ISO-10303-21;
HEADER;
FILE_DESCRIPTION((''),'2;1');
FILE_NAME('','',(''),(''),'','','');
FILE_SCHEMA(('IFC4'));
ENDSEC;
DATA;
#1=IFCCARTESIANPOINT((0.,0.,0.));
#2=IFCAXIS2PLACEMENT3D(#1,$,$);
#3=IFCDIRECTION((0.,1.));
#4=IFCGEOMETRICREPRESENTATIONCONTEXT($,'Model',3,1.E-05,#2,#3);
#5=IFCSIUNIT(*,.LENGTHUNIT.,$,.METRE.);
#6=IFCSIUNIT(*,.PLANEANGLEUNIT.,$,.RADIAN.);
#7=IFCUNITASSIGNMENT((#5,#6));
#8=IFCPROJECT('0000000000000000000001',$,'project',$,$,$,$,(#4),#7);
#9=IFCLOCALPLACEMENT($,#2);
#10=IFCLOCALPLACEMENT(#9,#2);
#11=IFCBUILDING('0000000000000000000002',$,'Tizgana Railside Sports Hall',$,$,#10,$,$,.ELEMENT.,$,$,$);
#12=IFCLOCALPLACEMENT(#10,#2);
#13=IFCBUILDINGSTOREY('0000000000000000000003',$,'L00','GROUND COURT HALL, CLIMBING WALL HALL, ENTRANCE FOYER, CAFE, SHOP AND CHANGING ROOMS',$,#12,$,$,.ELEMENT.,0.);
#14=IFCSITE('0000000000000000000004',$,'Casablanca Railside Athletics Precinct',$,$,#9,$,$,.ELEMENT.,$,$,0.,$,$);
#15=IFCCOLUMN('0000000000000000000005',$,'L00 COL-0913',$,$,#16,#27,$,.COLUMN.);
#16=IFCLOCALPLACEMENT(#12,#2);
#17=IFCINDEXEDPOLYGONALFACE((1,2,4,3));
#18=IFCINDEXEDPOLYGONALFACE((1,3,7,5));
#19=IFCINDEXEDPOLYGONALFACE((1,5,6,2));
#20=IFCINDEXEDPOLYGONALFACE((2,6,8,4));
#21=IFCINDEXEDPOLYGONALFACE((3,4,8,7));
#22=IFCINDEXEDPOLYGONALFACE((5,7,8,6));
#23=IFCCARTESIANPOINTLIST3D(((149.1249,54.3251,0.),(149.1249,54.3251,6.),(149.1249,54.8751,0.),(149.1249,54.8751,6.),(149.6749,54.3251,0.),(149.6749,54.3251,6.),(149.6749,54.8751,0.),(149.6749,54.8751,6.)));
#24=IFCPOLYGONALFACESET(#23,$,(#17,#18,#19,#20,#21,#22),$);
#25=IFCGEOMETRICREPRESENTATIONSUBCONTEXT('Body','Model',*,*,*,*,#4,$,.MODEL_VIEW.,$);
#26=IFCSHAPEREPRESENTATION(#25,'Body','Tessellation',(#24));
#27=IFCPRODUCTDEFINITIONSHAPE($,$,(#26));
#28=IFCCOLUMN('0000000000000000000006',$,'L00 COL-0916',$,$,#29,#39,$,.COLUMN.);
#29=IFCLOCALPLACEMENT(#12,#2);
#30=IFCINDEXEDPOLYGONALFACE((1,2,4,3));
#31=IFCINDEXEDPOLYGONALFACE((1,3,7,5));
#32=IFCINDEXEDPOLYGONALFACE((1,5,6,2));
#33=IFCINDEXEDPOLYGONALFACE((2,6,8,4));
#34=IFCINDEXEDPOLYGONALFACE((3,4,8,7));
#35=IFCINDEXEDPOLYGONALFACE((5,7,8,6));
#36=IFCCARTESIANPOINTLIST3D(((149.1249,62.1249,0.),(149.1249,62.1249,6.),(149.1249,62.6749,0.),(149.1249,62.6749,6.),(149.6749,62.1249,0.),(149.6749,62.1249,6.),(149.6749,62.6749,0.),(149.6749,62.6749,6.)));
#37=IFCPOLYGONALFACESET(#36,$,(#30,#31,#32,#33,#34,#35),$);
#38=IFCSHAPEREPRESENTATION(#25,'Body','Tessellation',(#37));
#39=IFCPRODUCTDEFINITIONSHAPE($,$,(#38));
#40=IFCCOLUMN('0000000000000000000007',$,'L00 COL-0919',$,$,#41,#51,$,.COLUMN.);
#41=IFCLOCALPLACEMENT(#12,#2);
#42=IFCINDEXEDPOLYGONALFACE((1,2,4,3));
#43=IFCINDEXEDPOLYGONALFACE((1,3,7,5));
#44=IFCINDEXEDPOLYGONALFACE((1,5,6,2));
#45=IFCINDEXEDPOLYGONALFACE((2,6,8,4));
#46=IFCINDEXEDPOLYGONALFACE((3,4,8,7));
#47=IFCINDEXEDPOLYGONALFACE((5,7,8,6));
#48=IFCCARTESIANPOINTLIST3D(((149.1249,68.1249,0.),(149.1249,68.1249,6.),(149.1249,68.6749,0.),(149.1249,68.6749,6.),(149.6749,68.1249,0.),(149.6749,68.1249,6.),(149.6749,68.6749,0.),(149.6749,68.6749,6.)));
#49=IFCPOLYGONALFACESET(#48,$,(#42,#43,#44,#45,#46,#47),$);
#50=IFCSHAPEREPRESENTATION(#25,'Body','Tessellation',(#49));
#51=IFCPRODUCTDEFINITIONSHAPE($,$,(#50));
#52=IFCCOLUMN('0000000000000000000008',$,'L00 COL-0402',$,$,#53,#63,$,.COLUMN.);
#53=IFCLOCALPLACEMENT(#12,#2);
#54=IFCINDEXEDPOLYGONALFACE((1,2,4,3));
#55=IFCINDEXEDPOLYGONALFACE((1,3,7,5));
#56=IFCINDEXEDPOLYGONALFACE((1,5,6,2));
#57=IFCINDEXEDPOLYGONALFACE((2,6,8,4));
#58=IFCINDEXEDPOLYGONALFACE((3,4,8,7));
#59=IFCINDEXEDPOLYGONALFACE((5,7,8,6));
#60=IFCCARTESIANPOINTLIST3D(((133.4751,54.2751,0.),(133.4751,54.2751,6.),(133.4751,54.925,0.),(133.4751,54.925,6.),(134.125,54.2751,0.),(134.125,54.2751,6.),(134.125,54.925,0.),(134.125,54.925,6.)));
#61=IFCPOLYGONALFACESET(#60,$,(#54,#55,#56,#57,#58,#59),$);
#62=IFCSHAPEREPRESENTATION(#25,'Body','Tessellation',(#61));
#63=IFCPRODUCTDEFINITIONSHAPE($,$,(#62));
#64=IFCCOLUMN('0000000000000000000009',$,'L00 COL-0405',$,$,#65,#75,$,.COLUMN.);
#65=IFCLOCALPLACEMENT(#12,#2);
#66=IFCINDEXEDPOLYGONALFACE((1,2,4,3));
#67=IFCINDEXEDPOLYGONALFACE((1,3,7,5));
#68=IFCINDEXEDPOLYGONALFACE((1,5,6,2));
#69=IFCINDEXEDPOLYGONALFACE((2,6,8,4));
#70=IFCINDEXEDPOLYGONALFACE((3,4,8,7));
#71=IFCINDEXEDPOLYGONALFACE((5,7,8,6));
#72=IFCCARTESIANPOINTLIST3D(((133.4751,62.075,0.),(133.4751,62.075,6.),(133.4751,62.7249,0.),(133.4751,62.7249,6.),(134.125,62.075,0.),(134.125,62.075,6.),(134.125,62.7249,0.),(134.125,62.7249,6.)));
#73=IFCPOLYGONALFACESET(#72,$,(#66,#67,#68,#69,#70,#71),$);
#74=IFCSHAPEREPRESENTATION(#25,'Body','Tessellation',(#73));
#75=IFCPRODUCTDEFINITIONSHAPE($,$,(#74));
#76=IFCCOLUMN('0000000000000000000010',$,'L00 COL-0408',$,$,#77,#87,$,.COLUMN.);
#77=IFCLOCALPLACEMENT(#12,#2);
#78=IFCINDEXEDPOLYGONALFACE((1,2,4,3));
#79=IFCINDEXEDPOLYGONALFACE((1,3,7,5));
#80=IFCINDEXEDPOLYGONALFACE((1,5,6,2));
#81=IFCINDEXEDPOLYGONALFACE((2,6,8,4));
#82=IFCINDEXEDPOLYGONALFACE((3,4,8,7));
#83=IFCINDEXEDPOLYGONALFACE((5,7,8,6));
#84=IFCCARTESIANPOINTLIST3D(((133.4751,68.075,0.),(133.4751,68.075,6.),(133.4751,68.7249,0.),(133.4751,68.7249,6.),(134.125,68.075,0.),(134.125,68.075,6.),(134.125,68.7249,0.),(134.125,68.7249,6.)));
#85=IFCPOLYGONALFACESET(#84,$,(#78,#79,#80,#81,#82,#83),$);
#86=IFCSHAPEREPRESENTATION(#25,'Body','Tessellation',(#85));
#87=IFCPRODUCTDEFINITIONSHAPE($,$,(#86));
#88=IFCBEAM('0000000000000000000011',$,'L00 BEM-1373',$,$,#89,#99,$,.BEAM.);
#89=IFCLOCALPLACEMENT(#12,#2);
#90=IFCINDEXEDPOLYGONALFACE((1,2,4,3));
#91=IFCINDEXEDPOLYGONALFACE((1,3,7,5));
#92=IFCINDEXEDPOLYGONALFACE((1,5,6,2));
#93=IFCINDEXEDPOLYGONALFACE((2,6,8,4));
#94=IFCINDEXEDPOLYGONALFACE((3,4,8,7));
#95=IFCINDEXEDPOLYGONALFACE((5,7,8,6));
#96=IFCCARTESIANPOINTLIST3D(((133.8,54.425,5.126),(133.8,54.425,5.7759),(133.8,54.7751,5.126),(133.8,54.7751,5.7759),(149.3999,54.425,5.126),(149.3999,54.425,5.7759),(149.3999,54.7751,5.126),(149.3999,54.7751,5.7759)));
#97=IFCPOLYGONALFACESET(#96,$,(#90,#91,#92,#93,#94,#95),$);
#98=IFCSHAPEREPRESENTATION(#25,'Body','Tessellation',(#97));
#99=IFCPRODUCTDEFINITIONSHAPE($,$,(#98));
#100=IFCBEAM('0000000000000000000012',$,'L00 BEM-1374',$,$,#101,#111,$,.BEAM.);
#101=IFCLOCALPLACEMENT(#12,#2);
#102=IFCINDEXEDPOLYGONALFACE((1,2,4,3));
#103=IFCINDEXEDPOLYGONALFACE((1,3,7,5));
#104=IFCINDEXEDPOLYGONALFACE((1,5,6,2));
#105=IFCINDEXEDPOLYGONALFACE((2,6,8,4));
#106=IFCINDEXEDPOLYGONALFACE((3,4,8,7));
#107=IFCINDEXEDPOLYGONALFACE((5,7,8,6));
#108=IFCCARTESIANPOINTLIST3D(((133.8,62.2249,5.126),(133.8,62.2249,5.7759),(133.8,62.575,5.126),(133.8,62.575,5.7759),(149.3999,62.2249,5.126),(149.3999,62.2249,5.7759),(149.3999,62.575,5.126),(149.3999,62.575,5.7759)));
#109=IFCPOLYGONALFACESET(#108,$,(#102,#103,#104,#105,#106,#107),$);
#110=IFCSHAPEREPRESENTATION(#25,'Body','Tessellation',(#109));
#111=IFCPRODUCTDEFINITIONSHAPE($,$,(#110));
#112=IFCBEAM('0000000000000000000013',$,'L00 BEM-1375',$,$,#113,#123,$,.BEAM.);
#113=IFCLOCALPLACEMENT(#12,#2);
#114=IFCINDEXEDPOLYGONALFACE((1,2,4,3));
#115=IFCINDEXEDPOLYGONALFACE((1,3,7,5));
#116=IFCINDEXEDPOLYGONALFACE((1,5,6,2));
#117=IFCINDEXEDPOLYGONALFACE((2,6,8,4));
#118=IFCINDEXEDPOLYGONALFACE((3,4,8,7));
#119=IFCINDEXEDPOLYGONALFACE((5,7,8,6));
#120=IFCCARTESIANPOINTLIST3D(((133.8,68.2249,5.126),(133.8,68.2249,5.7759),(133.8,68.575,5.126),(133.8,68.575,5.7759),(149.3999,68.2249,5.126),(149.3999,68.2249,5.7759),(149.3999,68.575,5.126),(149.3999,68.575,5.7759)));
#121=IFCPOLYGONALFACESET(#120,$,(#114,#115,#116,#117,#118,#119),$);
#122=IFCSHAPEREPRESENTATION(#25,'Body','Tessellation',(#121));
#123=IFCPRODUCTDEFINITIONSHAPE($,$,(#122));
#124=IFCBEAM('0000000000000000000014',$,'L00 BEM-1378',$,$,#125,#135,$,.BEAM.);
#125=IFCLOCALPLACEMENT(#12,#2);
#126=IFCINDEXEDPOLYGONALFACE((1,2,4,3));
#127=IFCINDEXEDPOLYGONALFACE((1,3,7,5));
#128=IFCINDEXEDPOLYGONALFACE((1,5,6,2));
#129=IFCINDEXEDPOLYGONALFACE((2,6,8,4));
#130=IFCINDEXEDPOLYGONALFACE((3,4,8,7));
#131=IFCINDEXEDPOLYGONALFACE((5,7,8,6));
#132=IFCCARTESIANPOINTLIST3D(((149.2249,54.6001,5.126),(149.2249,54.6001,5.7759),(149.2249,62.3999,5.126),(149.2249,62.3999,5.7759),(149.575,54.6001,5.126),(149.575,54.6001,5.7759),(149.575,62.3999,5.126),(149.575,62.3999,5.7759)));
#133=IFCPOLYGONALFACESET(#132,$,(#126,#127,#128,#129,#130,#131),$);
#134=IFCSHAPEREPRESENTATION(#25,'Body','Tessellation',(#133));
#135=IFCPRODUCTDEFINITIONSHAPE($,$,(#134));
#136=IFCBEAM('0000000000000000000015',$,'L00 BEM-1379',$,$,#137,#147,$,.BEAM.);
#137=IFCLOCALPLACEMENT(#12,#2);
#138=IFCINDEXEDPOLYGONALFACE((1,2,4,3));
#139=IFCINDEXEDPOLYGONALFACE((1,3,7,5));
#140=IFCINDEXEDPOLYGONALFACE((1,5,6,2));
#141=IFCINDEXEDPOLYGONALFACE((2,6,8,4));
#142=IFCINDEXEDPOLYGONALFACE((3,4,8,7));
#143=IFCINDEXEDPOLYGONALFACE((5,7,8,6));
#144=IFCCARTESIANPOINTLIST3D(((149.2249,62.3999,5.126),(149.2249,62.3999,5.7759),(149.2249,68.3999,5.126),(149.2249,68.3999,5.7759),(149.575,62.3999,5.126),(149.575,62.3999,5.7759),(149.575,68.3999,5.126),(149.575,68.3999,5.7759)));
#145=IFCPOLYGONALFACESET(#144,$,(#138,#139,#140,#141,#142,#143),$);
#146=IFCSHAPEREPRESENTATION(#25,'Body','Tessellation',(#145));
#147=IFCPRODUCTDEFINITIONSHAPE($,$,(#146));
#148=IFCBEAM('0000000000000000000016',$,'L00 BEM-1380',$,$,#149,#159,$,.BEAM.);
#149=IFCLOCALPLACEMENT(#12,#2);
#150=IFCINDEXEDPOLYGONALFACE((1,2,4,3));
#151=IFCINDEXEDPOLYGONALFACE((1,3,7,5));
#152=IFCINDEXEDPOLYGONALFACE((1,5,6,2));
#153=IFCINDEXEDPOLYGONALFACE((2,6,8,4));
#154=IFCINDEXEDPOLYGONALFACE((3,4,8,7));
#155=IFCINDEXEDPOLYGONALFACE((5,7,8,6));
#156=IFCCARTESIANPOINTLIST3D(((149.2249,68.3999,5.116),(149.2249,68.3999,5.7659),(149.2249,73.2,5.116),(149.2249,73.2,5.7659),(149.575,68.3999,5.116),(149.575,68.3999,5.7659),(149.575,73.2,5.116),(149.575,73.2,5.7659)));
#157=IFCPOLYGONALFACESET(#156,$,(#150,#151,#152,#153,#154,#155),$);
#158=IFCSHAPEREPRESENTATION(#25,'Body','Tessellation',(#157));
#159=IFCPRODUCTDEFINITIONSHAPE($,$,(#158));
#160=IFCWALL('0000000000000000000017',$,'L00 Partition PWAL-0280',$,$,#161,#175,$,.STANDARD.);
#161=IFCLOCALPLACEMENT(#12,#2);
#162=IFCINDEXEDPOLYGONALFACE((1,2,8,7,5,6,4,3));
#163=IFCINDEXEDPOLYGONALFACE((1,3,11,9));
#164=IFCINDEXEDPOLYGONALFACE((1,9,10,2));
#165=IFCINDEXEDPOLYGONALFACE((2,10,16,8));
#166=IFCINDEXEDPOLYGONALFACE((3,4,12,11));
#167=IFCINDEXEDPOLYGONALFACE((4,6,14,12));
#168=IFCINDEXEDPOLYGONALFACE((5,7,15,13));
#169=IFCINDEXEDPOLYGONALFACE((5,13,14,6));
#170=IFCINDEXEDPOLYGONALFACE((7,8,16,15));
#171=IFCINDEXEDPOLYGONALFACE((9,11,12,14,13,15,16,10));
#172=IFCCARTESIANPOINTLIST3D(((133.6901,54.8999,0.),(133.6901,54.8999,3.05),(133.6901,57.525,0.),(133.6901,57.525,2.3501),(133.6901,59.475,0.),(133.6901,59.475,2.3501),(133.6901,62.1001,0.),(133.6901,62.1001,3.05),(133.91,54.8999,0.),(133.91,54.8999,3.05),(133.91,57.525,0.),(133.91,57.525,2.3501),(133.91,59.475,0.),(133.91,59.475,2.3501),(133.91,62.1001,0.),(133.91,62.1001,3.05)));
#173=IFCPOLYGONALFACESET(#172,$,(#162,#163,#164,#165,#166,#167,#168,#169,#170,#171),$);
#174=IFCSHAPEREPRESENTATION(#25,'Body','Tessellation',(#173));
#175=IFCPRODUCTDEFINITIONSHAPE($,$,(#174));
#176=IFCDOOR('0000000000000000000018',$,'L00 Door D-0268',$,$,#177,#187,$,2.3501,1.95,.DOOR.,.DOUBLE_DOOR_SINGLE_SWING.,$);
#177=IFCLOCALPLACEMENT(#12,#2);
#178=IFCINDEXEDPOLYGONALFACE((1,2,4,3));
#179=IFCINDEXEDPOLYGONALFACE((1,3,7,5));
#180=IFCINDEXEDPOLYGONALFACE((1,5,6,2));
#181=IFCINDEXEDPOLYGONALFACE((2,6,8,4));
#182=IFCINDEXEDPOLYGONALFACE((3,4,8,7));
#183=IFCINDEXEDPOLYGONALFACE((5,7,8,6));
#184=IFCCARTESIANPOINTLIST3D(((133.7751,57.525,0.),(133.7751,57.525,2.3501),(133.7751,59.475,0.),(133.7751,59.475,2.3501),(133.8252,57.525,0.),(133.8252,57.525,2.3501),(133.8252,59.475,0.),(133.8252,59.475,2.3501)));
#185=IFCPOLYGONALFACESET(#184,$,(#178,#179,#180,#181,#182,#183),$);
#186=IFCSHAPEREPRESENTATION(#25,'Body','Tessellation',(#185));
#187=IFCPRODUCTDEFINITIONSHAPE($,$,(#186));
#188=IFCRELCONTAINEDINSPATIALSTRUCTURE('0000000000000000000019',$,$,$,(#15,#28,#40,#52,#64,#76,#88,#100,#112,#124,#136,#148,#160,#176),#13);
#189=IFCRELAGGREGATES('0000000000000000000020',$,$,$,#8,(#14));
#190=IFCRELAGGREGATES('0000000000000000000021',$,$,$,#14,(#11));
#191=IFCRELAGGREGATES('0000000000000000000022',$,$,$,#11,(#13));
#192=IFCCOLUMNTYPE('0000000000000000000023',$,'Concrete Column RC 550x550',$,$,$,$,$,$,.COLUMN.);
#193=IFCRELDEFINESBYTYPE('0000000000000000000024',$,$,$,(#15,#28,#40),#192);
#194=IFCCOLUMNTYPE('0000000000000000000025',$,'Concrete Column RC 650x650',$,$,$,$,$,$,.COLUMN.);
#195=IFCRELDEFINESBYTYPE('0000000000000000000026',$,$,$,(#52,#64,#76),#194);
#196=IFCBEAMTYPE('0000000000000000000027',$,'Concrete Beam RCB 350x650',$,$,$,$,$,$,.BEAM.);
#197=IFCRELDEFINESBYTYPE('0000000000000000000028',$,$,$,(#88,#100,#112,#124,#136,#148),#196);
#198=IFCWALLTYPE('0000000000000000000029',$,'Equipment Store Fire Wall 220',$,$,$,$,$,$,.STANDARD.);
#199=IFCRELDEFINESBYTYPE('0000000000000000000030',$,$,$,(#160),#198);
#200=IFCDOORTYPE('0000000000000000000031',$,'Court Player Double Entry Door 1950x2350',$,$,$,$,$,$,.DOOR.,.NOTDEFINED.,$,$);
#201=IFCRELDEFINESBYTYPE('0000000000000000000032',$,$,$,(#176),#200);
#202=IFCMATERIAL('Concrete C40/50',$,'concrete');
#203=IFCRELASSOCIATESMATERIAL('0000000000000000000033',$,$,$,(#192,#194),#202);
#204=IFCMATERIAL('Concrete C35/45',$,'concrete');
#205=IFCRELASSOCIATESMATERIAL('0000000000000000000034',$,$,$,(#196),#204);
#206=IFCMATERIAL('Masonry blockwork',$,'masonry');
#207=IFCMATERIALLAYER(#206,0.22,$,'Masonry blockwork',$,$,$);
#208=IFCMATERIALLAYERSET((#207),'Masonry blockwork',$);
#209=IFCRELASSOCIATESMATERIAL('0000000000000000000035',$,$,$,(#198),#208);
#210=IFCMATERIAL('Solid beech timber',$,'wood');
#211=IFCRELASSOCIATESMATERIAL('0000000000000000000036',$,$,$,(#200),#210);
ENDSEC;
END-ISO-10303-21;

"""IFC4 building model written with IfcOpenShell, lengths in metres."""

from ifc_helpers import new_model, si_unit, direction, frame, frame_2d, origin, origin_2d, place, context, subcontext, project, spatial, rectangle, extrude, material, layer, layer_set, material_profile, profile_set, type_object, element, fill, save


model = new_model("IFC4")

# Units and contexts
model_context = context("Model", 3, precision=1e-05, world=origin(), true_north=direction((0.0, 1.0)))
body_context = subcontext(model_context, "Body", "Model", "MODEL_VIEW")
ifc_project = project(units=[si_unit("LENGTHUNIT", "METRE"), si_unit("PLANEANGLEUNIT", "RADIAN")], contexts=[model_context])

# Site, building, storey
site_placement = place(None, origin())
site = spatial("IfcSite", under=ifc_project, at=site_placement, Name="Casablanca Railside Athletics Precinct", CompositionType="ELEMENT", RefElevation=0.0)
building_placement = place(site_placement, origin())
building = spatial("IfcBuilding", under=site, at=building_placement, Name="Tizgana Railside Sports Hall", CompositionType="ELEMENT")
storey_placement = place(building_placement, origin())
storey = spatial("IfcBuildingStorey", under=building, at=storey_placement, Name="L00", Description="GROUND COURT HALL, CLIMBING WALL HALL, ENTRANCE FOYER, CAFE, SHOP AND CHANGING ROOMS", CompositionType="ELEMENT", Elevation=0.0)

# Columns
ifc_material_1 = material(Name="Concrete C40/50", Category="concrete")
ifc_material_profile_1 = material_profile(ifc_material_1, rectangle(XDim=0.55, YDim=0.55, at=origin_2d()), Name="RC 550x550")
ifc_profile_set_1 = profile_set([ifc_material_profile_1], Name="Concrete C40/50")
column_type_1 = type_object("IfcColumnType", Name="Concrete Column RC 550x550", PredefinedType="COLUMN", material=ifc_profile_set_1)
for number, where, z_axis, x_axis, name in (
    (1, (149.3999, 54.6001, 0.0), (0.0, 0.0, 1.0), (1.0, 0.0, 0.0), "L00 COL-0913"),
    (2, (149.3999, 62.3999, 0.0), (0.0, 0.0, 1.0), (1.0, 0.0, 0.0), "L00 COL-0916"),
    (3, (149.3999, 68.3999, 0.0), (0.0, 0.0, 1.0), (1.0, 0.0, 0.0), "L00 COL-0919"),
):
    element("IfcColumn", number, at=place(storey_placement, frame(where, z_axis=z_axis, x_axis=x_axis)), inside=storey, type_object=column_type_1, Name=name, PredefinedType="COLUMN", context=body_context, shape_type="SweptSolid", body=[
        extrude(rectangle(XDim=0.55, YDim=0.55, at=origin_2d()), origin(), (0.0, 0.0, 1.0), 6.0),
    ])
ifc_material_profile_2 = material_profile(ifc_material_1, rectangle(XDim=0.6499, YDim=0.6499, at=origin_2d()), Name="RC 650x650")
ifc_profile_set_2 = profile_set([ifc_material_profile_2], Name="Concrete C40/50")
column_type_2 = type_object("IfcColumnType", Name="Concrete Column RC 650x650", PredefinedType="COLUMN", material=ifc_profile_set_2)
for number, where, z_axis, x_axis, name in (
    (4, (133.8, 54.6001, 0.0), (0.0, 0.0, 1.0), (1.0, 0.0, 0.0), "L00 COL-0402"),
    (5, (133.8, 62.3999, 0.0), (0.0, 0.0, 1.0), (1.0, 0.0, 0.0), "L00 COL-0405"),
    (6, (133.8, 68.3999, 0.0), (0.0, 0.0, 1.0), (1.0, 0.0, 0.0), "L00 COL-0408"),
):
    element("IfcColumn", number, at=place(storey_placement, frame(where, z_axis=z_axis, x_axis=x_axis)), inside=storey, type_object=column_type_2, Name=name, PredefinedType="COLUMN", context=body_context, shape_type="SweptSolid", body=[
        extrude(rectangle(XDim=0.6499, YDim=0.6499, at=origin_2d()), origin(), (0.0, 0.0, 1.0), 6.0),
    ])

# Beams
ifc_material_2 = material(Name="Concrete C35/45", Category="concrete")
ifc_material_profile_3 = material_profile(ifc_material_2, rectangle(XDim=0.3501, YDim=0.6499, at=origin_2d()), Name="RCB 350x650")
ifc_profile_set_3 = profile_set([ifc_material_profile_3], Name="Concrete C35/45")
beam_type = type_object("IfcBeamType", Name="Concrete Beam RCB 350x650", PredefinedType="BEAM", material=ifc_profile_set_3)
for number, where, z_axis, x_axis, name in (
    (7, (133.8, 54.6001, 5.4509), (1.0, 0.0, 0.0), (0.0, 1.0, 0.0), "L00 BEM-1373"),
    (8, (133.8, 62.3999, 5.4509), (1.0, 0.0, 0.0), (0.0, 1.0, 0.0), "L00 BEM-1374"),
    (9, (133.8, 68.3999, 5.4509), (1.0, 0.0, 0.0), (0.0, 1.0, 0.0), "L00 BEM-1375"),
):
    element("IfcBeam", number, at=place(storey_placement, frame(where, z_axis=z_axis, x_axis=x_axis)), inside=storey, type_object=beam_type, Name=name, PredefinedType="BEAM", context=body_context, shape_type="SweptSolid", body=[
        extrude(rectangle(XDim=0.3501, YDim=0.6499, at=origin_2d()), origin(), (0.0, 0.0, 1.0), 15.5999),
    ])
beam_1_placement = place(storey_placement, frame((149.3999, 54.6001, 5.4509), z_axis=(0.0, 1.0, 0.0), x_axis=(-1.0, 0.0, 0.0)))
element("IfcBeam", 10, at=beam_1_placement, inside=storey, type_object=beam_type, Name="L00 BEM-1378", PredefinedType="BEAM", context=body_context, shape_type="SweptSolid", body=[
    extrude(rectangle(XDim=0.3501, YDim=0.6499, at=origin_2d()), origin(), (0.0, 0.0, 1.0), 7.7998),
])
beam_2_placement = place(storey_placement, frame((149.3999, 62.3999, 5.4509), z_axis=(0.0, 1.0, 0.0), x_axis=(-1.0, 0.0, 0.0)))
element("IfcBeam", 11, at=beam_2_placement, inside=storey, type_object=beam_type, Name="L00 BEM-1379", PredefinedType="BEAM", context=body_context, shape_type="SweptSolid", body=[
    extrude(rectangle(XDim=0.3501, YDim=0.6499, at=origin_2d()), origin(), (0.0, 0.0, 1.0), 6.0),
])
beam_3_placement = place(storey_placement, frame((149.3999, 68.3999, 5.4409), z_axis=(0.0, 1.0, 0.0), x_axis=(-1.0, 0.0, 0.0)))
element("IfcBeam", 12, at=beam_3_placement, inside=storey, type_object=beam_type, Name="L00 BEM-1380", PredefinedType="BEAM", context=body_context, shape_type="SweptSolid", body=[
    extrude(rectangle(XDim=0.3501, YDim=0.6499, at=origin_2d()), origin(), (0.0, 0.0, 1.0), 4.8),
])

# Wall, opening, door
ifc_material_3 = material(Name="Masonry blockwork", Category="masonry")
ifc_layer_1 = layer(ifc_material_3, 0.22, Name="Masonry blockwork")
ifc_layer_set_1 = layer_set([ifc_layer_1], Name="Masonry blockwork")
wall_type_1 = type_object("IfcWallType", Name="Equipment Store Fire Wall 220", PredefinedType="STANDARD", material=ifc_layer_set_1)
wall_1_placement = place(storey_placement, frame((133.8, 54.8999, 0.0), z_axis=(0.0, 0.0, 1.0), x_axis=(0.0, 1.0, 0.0)))
wall_1 = element("IfcWall", 13, at=wall_1_placement, inside=storey, type_object=wall_type_1, Name="L00 Partition PWAL-0280", PredefinedType="STANDARD", context=body_context, shape_type="SweptSolid", body=[
    extrude(rectangle(XDim=7.2002, YDim=0.22, at=frame_2d((3.6001, 0.0))), origin(), (0.0, 0.0, 1.0), 3.05),
])
opening_1_placement = place(wall_1_placement, frame((2.625, 0.0, 0.0)))
opening_1 = element("IfcOpeningElement", 14, at=opening_1_placement, cuts=wall_1, PredefinedType="OPENING", context=body_context, shape_type="SweptSolid", body=[
    extrude(rectangle(XDim=1.95, YDim=2.3501, at=frame_2d((0.9751, 1.175))), frame((0.0, 0.1199, 0.0), z_axis=(0.0, -1.0, 0.0), x_axis=(1.0, 0.0, 0.0)), (0.0, 0.0, 1.0), 0.24),
])
ifc_material_4 = material(Name="Solid beech timber", Category="wood")
door_type_1 = type_object("IfcDoorType", Name="Court Player Double Entry Door 1950x2350", OperationType="NOTDEFINED", PredefinedType="DOOR", material=ifc_material_4)
door_1_placement = place(opening_1_placement, origin())
door_1 = element("IfcDoor", 15, at=door_1_placement, inside=storey, type_object=door_type_1, Name="L00 Door D-0268", OperationType="DOUBLE_DOOR_SINGLE_SWING", OverallHeight=2.3501, OverallWidth=1.95, PredefinedType="DOOR", context=body_context, shape_type="SweptSolid", body=[
    extrude(rectangle(XDim=1.95, YDim=2.3501, at=frame_2d((0.9751, 1.175))), frame((0.0, 0.0249, 0.0), z_axis=(0.0, -1.0, 0.0), x_axis=(1.0, 0.0, 0.0)), (0.0, 0.0, 1.0), 0.05),
])
fill(opening_1, door_1)

save(model, "model.ifc")
